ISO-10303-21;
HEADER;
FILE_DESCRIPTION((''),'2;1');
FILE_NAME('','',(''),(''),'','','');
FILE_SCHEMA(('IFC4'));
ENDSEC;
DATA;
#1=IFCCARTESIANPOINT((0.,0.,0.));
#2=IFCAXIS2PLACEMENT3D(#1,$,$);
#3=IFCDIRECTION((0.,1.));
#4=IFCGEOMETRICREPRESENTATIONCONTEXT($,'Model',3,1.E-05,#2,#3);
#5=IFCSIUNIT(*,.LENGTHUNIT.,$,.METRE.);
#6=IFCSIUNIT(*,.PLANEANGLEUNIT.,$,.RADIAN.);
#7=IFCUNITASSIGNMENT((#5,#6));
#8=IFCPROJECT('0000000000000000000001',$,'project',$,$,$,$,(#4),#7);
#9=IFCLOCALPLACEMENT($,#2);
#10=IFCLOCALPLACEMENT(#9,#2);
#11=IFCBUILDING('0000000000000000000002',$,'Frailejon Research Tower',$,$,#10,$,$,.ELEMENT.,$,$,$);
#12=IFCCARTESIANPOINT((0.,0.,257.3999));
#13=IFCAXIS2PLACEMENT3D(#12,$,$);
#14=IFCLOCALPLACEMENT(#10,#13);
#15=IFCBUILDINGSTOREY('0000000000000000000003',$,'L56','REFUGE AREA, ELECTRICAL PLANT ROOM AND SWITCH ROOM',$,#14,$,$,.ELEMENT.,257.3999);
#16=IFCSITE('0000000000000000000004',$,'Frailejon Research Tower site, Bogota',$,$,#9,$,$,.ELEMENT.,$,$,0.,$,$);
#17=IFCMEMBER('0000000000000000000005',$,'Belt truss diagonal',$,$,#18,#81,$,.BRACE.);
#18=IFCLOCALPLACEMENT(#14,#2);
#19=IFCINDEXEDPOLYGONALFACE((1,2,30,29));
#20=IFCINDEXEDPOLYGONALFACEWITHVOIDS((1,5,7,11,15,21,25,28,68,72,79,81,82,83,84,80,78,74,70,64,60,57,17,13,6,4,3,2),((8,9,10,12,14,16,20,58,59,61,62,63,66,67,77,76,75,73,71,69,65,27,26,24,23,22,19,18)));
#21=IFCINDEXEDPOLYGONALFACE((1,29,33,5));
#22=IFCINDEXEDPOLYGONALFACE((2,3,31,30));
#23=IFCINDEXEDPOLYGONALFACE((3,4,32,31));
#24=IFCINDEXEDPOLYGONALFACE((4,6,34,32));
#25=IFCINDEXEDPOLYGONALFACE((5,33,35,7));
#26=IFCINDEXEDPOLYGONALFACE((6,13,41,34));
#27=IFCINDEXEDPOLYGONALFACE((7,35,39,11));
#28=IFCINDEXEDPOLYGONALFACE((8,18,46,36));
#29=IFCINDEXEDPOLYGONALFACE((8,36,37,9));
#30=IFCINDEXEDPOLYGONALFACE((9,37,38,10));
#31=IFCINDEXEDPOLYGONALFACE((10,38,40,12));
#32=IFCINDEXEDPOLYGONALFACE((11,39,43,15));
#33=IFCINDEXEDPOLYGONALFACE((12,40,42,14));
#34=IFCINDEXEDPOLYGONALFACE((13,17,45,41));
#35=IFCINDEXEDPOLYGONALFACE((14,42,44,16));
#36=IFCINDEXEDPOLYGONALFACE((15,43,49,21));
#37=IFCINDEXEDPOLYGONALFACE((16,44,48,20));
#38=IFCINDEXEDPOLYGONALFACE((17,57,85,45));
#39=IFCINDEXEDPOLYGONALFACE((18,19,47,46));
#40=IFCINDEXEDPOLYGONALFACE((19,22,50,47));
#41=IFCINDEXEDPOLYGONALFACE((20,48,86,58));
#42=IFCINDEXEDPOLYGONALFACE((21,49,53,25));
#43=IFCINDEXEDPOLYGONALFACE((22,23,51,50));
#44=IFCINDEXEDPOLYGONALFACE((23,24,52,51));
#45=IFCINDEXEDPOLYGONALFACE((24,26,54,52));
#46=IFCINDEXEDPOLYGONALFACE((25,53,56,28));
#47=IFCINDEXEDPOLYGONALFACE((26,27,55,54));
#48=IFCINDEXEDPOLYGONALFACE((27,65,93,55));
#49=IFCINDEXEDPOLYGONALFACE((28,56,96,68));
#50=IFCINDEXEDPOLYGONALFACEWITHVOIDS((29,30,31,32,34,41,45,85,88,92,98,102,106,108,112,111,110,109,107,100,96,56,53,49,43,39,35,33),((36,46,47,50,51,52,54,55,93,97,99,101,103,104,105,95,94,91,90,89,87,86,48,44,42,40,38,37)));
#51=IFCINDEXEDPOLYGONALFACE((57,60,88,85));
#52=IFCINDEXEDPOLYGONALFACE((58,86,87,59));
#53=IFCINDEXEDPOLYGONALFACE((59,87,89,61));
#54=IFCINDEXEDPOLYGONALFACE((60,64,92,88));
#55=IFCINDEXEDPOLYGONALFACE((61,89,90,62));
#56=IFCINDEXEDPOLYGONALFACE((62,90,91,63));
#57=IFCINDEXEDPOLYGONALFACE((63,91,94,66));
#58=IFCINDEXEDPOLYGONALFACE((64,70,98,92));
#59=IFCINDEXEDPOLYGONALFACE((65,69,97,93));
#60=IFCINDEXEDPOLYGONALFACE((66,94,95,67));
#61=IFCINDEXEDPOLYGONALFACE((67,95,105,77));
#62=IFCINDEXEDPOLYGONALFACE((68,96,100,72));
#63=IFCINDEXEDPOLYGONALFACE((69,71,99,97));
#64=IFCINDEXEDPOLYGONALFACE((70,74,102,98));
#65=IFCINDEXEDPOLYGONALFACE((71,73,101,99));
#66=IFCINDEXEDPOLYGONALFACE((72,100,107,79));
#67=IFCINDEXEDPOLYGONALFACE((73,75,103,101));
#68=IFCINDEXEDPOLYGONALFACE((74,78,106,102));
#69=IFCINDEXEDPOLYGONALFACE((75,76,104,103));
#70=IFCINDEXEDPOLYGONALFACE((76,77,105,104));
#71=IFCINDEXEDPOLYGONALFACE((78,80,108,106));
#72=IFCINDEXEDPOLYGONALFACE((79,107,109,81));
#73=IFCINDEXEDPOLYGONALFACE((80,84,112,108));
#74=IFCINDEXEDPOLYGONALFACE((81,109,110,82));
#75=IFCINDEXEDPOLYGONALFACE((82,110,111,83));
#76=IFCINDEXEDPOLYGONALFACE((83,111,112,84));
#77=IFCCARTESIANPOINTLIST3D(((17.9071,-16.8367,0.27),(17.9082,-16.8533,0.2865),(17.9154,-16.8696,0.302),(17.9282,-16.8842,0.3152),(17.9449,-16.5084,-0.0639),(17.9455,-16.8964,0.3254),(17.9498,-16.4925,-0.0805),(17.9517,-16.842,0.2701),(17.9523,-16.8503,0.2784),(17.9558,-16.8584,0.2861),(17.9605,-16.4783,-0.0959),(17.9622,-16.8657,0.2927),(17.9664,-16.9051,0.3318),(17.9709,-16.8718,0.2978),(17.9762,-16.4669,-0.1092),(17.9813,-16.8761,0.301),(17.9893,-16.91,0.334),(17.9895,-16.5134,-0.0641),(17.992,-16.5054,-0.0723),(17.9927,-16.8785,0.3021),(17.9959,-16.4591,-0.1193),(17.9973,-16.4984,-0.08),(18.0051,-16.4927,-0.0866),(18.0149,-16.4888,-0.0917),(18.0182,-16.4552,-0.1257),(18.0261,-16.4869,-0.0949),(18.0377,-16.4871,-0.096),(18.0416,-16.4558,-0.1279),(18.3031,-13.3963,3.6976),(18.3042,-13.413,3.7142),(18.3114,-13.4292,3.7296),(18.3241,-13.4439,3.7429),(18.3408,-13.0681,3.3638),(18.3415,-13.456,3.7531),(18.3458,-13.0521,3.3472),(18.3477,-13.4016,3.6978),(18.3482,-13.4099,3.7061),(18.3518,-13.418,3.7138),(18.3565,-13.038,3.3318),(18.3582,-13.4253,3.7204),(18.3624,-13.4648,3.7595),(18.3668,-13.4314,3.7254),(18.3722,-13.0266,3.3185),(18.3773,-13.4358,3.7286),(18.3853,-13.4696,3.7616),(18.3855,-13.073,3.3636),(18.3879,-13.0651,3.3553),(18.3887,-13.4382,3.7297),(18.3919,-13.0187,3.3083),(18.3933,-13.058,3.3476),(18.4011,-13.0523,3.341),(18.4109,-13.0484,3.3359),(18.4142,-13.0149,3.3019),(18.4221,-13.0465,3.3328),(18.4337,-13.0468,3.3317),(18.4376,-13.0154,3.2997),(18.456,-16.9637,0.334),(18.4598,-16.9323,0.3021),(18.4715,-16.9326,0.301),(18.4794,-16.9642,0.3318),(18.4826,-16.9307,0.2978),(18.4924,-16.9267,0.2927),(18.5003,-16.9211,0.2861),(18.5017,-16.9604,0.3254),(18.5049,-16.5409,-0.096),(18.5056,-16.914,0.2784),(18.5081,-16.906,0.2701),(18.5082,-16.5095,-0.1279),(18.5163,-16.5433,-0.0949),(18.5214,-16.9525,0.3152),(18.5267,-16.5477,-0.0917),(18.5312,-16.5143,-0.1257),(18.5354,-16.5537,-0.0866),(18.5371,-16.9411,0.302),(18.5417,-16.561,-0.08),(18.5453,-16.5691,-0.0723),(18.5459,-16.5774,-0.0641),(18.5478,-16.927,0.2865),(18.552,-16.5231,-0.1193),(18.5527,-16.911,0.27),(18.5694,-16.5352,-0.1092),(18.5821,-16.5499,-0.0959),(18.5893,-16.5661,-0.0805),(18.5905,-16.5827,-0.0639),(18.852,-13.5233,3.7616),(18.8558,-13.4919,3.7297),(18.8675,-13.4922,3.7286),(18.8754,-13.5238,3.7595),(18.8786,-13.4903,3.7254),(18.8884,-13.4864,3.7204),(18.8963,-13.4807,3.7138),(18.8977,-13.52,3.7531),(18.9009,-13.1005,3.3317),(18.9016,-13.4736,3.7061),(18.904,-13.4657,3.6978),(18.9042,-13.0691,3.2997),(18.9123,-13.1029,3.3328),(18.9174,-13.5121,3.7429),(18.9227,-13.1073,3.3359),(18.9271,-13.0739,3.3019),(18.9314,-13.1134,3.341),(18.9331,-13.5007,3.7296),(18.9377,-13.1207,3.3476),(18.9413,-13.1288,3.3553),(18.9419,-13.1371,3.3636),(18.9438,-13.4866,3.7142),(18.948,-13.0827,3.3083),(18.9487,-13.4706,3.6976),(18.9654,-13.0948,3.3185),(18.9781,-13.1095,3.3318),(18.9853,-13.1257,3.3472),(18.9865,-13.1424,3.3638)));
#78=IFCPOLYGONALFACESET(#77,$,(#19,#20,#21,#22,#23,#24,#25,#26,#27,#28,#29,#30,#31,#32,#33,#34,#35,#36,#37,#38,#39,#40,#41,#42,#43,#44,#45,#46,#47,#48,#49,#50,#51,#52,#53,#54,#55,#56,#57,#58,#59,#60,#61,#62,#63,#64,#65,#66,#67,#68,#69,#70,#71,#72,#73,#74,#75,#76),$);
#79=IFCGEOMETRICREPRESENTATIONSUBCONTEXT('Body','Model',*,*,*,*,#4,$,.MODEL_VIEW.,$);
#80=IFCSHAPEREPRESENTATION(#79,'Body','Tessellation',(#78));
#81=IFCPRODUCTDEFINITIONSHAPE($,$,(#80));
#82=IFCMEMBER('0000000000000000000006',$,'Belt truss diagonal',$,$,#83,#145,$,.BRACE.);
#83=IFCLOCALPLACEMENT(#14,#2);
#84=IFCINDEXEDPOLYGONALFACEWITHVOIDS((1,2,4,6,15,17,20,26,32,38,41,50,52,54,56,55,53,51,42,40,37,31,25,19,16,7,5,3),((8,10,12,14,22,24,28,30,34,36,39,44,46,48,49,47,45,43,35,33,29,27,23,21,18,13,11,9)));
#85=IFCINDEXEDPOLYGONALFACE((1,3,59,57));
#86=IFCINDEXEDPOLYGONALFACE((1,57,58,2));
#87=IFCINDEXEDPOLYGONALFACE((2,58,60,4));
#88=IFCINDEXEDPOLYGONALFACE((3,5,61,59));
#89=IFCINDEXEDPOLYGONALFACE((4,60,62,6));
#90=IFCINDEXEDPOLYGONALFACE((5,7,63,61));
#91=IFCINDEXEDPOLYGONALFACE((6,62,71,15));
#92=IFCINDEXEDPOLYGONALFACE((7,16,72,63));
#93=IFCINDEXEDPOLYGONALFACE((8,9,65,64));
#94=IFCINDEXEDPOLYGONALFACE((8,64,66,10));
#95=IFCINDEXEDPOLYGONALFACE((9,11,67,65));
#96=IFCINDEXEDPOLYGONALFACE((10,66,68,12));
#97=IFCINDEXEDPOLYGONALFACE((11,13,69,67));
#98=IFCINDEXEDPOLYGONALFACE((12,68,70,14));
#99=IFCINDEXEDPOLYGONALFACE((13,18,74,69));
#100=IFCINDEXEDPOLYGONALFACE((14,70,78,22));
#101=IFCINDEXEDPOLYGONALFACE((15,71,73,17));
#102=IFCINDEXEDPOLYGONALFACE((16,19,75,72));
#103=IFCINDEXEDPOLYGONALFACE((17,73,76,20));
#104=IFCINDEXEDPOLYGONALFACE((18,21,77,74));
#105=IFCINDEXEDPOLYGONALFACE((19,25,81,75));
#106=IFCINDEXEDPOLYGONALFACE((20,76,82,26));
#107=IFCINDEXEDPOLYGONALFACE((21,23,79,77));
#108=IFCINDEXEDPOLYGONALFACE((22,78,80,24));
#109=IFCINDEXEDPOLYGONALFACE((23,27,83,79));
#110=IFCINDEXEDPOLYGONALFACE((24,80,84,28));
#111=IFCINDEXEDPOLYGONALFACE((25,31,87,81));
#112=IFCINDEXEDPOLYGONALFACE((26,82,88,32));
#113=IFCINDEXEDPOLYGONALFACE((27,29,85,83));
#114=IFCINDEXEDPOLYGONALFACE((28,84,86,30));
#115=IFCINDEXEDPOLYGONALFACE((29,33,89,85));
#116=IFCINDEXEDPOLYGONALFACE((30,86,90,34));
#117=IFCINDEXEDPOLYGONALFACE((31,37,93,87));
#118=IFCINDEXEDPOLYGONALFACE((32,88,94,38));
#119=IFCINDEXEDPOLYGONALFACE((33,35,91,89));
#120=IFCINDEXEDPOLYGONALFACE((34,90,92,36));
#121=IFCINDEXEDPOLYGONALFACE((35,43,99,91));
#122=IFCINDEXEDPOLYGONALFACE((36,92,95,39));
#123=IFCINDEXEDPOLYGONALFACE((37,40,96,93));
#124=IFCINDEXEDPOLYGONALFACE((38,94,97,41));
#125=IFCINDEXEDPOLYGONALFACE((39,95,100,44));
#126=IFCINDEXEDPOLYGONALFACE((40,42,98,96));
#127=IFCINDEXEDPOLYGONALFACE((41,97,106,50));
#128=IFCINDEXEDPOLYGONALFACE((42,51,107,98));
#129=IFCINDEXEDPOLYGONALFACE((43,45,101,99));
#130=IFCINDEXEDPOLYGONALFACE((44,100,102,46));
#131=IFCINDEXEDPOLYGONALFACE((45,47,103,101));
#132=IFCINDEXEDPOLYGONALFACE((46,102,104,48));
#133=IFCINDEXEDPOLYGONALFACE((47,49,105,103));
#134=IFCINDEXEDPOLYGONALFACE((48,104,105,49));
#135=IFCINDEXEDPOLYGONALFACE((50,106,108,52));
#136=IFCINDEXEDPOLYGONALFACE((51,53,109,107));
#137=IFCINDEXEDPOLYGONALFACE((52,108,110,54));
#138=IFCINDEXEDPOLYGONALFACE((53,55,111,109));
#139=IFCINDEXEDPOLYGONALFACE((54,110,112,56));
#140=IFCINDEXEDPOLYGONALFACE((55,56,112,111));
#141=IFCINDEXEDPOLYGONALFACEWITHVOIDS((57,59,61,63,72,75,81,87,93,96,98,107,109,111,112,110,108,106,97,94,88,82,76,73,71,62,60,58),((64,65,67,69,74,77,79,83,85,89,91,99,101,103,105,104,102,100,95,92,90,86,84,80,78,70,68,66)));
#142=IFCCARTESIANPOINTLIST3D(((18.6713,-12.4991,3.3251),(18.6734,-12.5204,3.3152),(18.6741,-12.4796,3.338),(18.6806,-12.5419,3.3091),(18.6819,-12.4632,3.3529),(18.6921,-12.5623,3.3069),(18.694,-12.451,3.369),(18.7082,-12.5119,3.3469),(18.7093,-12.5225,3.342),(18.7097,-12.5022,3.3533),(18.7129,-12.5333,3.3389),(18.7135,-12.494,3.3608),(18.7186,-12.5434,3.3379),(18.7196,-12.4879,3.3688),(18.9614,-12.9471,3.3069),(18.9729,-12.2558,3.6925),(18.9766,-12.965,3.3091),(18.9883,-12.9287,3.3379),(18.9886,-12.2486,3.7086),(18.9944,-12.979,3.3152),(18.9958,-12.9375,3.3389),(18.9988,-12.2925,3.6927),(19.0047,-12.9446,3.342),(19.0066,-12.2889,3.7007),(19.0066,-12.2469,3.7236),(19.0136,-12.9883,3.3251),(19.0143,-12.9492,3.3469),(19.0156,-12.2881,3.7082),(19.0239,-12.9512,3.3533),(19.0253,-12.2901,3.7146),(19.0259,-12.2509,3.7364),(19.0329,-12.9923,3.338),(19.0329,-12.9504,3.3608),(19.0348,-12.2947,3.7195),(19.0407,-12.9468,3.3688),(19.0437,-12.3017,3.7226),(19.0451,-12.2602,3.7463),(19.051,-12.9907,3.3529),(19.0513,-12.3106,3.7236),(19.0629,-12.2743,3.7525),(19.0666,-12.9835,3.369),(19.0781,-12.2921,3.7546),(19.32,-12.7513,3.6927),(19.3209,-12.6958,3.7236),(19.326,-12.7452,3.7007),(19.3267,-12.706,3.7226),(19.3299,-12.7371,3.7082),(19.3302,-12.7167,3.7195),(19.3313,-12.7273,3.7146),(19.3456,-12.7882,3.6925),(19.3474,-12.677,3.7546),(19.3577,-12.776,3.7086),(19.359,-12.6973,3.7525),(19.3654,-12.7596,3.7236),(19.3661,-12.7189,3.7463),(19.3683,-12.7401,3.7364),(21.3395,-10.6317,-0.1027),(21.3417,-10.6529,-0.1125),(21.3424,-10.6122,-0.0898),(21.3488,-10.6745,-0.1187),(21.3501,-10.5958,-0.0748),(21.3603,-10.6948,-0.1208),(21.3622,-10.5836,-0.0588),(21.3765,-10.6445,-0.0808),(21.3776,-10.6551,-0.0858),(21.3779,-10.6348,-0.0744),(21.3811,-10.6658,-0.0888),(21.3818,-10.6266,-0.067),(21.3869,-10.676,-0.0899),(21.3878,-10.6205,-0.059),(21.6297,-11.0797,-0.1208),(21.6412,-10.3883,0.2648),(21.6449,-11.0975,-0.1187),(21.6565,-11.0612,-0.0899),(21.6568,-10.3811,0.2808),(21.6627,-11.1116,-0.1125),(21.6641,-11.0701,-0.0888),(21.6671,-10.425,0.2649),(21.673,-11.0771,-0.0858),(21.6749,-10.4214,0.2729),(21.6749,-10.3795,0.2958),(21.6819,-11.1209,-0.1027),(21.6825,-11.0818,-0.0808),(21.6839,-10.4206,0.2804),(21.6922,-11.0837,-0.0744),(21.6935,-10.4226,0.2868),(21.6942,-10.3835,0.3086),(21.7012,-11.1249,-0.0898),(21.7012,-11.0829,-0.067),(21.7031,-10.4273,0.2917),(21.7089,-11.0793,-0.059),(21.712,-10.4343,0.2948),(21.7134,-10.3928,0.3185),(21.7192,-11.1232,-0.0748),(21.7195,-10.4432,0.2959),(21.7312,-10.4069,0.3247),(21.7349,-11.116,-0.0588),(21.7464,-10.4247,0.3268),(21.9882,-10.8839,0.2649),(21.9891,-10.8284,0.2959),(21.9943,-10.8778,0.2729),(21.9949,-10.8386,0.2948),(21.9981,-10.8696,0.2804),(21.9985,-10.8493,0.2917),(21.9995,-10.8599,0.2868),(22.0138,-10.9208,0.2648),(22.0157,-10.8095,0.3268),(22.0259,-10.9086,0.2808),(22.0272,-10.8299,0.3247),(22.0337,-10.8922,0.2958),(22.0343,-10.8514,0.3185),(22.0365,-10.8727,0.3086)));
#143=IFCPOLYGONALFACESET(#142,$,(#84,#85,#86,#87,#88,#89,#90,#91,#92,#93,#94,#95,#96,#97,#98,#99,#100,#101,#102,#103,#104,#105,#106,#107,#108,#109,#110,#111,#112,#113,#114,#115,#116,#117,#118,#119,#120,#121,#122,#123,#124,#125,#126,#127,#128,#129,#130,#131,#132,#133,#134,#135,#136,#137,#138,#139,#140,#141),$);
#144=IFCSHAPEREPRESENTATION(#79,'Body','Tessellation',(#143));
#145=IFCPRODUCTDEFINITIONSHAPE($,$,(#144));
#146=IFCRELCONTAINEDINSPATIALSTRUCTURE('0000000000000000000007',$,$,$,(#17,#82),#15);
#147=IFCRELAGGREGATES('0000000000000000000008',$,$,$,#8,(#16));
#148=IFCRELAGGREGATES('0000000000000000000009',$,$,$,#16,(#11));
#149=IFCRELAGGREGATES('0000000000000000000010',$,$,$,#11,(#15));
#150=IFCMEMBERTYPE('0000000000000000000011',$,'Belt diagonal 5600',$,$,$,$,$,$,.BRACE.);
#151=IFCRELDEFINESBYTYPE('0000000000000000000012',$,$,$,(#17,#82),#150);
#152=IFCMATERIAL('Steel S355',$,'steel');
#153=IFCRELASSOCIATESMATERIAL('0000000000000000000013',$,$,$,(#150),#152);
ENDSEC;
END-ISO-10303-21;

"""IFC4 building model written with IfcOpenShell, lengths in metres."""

from ifc_helpers import new_model, si_unit, direction, frame, origin, origin_2d, place, context, subcontext, project, spatial, hollow_rectangle, extrude, material, material_profile, profile_set, type_object, element, save


model = new_model("IFC4")

# Units and contexts
model_context = context("Model", 3, precision=1e-05, world=origin(), true_north=direction((0.0, 1.0)))
body_context = subcontext(model_context, "Body", "Model", "MODEL_VIEW")
ifc_project = project(units=[si_unit("LENGTHUNIT", "METRE"), si_unit("PLANEANGLEUNIT", "RADIAN")], contexts=[model_context])

# Site, building, storey
site_placement = place(None, origin())
site = spatial("IfcSite", under=ifc_project, at=site_placement, Name="Frailejon Research Tower site, Bogota", CompositionType="ELEMENT", RefElevation=0.0)
building_placement = place(site_placement, origin())
building = spatial("IfcBuilding", under=site, at=building_placement, Name="Frailejon Research Tower", CompositionType="ELEMENT")
storey_placement = place(building_placement, frame((0.0, 0.0, 257.3999)))
storey = spatial("IfcBuildingStorey", under=building, at=storey_placement, Name="L56", Description="REFUGE AREA, ELECTRICAL PLANT ROOM AND SWITCH ROOM", CompositionType="ELEMENT", Elevation=257.3999)

# Members
ifc_material_1 = material(Name="Steel S355", Category="steel")
ifc_material_profile_1 = material_profile(ifc_material_1, hollow_rectangle(XDim=0.6499, YDim=0.6499, WallThickness=0.0449, InnerFilletRadius=0.0449, OuterFilletRadius=0.0901, at=origin_2d()), Name="Belt diagonal 5600")
ifc_profile_set_1 = profile_set([ifc_material_profile_1], Name="Steel S355")
member_type = type_object("IfcMemberType", Name="Belt diagonal 5600", PredefinedType="BRACE", material=ifc_profile_set_1)
member_1_placement = place(storey_placement, frame((18.2488, -16.7097, 0.103), z_axis=(0.081269, 0.706069, 0.703464), x_axis=(-0.993441, 0.114346, 0.0)))
element("IfcMember", 1, at=member_1_placement, inside=storey, type_object=member_type, Name="Belt truss diagonal", PredefinedType="BRACE", context=body_context, shape_type="SweptSolid", body=[
    extrude(hollow_rectangle(XDim=0.6499, YDim=0.6499, WallThickness=0.0449, InnerFilletRadius=0.0449, OuterFilletRadius=0.0901, at=origin_2d()), origin(), (0.0, 0.0, 1.0), 4.8726),
])
member_2_placement = place(storey_placement, frame((19.0198, -12.6196, 3.5308), z_axis=(0.564317, 0.394955, -0.724953), x_axis=(-0.573397, 0.819278, 0.0)))
element("IfcMember", 2, at=member_2_placement, inside=storey, type_object=member_type, Name="Belt truss diagonal", PredefinedType="BRACE", context=body_context, shape_type="SweptSolid", body=[
    extrude(hollow_rectangle(XDim=0.6499, YDim=0.6499, WallThickness=0.0449, InnerFilletRadius=0.0449, OuterFilletRadius=0.0901, at=origin_2d()), origin(), (0.0, 0.0, 1.0), 4.7283),
])

save(model, "model.ifc")
